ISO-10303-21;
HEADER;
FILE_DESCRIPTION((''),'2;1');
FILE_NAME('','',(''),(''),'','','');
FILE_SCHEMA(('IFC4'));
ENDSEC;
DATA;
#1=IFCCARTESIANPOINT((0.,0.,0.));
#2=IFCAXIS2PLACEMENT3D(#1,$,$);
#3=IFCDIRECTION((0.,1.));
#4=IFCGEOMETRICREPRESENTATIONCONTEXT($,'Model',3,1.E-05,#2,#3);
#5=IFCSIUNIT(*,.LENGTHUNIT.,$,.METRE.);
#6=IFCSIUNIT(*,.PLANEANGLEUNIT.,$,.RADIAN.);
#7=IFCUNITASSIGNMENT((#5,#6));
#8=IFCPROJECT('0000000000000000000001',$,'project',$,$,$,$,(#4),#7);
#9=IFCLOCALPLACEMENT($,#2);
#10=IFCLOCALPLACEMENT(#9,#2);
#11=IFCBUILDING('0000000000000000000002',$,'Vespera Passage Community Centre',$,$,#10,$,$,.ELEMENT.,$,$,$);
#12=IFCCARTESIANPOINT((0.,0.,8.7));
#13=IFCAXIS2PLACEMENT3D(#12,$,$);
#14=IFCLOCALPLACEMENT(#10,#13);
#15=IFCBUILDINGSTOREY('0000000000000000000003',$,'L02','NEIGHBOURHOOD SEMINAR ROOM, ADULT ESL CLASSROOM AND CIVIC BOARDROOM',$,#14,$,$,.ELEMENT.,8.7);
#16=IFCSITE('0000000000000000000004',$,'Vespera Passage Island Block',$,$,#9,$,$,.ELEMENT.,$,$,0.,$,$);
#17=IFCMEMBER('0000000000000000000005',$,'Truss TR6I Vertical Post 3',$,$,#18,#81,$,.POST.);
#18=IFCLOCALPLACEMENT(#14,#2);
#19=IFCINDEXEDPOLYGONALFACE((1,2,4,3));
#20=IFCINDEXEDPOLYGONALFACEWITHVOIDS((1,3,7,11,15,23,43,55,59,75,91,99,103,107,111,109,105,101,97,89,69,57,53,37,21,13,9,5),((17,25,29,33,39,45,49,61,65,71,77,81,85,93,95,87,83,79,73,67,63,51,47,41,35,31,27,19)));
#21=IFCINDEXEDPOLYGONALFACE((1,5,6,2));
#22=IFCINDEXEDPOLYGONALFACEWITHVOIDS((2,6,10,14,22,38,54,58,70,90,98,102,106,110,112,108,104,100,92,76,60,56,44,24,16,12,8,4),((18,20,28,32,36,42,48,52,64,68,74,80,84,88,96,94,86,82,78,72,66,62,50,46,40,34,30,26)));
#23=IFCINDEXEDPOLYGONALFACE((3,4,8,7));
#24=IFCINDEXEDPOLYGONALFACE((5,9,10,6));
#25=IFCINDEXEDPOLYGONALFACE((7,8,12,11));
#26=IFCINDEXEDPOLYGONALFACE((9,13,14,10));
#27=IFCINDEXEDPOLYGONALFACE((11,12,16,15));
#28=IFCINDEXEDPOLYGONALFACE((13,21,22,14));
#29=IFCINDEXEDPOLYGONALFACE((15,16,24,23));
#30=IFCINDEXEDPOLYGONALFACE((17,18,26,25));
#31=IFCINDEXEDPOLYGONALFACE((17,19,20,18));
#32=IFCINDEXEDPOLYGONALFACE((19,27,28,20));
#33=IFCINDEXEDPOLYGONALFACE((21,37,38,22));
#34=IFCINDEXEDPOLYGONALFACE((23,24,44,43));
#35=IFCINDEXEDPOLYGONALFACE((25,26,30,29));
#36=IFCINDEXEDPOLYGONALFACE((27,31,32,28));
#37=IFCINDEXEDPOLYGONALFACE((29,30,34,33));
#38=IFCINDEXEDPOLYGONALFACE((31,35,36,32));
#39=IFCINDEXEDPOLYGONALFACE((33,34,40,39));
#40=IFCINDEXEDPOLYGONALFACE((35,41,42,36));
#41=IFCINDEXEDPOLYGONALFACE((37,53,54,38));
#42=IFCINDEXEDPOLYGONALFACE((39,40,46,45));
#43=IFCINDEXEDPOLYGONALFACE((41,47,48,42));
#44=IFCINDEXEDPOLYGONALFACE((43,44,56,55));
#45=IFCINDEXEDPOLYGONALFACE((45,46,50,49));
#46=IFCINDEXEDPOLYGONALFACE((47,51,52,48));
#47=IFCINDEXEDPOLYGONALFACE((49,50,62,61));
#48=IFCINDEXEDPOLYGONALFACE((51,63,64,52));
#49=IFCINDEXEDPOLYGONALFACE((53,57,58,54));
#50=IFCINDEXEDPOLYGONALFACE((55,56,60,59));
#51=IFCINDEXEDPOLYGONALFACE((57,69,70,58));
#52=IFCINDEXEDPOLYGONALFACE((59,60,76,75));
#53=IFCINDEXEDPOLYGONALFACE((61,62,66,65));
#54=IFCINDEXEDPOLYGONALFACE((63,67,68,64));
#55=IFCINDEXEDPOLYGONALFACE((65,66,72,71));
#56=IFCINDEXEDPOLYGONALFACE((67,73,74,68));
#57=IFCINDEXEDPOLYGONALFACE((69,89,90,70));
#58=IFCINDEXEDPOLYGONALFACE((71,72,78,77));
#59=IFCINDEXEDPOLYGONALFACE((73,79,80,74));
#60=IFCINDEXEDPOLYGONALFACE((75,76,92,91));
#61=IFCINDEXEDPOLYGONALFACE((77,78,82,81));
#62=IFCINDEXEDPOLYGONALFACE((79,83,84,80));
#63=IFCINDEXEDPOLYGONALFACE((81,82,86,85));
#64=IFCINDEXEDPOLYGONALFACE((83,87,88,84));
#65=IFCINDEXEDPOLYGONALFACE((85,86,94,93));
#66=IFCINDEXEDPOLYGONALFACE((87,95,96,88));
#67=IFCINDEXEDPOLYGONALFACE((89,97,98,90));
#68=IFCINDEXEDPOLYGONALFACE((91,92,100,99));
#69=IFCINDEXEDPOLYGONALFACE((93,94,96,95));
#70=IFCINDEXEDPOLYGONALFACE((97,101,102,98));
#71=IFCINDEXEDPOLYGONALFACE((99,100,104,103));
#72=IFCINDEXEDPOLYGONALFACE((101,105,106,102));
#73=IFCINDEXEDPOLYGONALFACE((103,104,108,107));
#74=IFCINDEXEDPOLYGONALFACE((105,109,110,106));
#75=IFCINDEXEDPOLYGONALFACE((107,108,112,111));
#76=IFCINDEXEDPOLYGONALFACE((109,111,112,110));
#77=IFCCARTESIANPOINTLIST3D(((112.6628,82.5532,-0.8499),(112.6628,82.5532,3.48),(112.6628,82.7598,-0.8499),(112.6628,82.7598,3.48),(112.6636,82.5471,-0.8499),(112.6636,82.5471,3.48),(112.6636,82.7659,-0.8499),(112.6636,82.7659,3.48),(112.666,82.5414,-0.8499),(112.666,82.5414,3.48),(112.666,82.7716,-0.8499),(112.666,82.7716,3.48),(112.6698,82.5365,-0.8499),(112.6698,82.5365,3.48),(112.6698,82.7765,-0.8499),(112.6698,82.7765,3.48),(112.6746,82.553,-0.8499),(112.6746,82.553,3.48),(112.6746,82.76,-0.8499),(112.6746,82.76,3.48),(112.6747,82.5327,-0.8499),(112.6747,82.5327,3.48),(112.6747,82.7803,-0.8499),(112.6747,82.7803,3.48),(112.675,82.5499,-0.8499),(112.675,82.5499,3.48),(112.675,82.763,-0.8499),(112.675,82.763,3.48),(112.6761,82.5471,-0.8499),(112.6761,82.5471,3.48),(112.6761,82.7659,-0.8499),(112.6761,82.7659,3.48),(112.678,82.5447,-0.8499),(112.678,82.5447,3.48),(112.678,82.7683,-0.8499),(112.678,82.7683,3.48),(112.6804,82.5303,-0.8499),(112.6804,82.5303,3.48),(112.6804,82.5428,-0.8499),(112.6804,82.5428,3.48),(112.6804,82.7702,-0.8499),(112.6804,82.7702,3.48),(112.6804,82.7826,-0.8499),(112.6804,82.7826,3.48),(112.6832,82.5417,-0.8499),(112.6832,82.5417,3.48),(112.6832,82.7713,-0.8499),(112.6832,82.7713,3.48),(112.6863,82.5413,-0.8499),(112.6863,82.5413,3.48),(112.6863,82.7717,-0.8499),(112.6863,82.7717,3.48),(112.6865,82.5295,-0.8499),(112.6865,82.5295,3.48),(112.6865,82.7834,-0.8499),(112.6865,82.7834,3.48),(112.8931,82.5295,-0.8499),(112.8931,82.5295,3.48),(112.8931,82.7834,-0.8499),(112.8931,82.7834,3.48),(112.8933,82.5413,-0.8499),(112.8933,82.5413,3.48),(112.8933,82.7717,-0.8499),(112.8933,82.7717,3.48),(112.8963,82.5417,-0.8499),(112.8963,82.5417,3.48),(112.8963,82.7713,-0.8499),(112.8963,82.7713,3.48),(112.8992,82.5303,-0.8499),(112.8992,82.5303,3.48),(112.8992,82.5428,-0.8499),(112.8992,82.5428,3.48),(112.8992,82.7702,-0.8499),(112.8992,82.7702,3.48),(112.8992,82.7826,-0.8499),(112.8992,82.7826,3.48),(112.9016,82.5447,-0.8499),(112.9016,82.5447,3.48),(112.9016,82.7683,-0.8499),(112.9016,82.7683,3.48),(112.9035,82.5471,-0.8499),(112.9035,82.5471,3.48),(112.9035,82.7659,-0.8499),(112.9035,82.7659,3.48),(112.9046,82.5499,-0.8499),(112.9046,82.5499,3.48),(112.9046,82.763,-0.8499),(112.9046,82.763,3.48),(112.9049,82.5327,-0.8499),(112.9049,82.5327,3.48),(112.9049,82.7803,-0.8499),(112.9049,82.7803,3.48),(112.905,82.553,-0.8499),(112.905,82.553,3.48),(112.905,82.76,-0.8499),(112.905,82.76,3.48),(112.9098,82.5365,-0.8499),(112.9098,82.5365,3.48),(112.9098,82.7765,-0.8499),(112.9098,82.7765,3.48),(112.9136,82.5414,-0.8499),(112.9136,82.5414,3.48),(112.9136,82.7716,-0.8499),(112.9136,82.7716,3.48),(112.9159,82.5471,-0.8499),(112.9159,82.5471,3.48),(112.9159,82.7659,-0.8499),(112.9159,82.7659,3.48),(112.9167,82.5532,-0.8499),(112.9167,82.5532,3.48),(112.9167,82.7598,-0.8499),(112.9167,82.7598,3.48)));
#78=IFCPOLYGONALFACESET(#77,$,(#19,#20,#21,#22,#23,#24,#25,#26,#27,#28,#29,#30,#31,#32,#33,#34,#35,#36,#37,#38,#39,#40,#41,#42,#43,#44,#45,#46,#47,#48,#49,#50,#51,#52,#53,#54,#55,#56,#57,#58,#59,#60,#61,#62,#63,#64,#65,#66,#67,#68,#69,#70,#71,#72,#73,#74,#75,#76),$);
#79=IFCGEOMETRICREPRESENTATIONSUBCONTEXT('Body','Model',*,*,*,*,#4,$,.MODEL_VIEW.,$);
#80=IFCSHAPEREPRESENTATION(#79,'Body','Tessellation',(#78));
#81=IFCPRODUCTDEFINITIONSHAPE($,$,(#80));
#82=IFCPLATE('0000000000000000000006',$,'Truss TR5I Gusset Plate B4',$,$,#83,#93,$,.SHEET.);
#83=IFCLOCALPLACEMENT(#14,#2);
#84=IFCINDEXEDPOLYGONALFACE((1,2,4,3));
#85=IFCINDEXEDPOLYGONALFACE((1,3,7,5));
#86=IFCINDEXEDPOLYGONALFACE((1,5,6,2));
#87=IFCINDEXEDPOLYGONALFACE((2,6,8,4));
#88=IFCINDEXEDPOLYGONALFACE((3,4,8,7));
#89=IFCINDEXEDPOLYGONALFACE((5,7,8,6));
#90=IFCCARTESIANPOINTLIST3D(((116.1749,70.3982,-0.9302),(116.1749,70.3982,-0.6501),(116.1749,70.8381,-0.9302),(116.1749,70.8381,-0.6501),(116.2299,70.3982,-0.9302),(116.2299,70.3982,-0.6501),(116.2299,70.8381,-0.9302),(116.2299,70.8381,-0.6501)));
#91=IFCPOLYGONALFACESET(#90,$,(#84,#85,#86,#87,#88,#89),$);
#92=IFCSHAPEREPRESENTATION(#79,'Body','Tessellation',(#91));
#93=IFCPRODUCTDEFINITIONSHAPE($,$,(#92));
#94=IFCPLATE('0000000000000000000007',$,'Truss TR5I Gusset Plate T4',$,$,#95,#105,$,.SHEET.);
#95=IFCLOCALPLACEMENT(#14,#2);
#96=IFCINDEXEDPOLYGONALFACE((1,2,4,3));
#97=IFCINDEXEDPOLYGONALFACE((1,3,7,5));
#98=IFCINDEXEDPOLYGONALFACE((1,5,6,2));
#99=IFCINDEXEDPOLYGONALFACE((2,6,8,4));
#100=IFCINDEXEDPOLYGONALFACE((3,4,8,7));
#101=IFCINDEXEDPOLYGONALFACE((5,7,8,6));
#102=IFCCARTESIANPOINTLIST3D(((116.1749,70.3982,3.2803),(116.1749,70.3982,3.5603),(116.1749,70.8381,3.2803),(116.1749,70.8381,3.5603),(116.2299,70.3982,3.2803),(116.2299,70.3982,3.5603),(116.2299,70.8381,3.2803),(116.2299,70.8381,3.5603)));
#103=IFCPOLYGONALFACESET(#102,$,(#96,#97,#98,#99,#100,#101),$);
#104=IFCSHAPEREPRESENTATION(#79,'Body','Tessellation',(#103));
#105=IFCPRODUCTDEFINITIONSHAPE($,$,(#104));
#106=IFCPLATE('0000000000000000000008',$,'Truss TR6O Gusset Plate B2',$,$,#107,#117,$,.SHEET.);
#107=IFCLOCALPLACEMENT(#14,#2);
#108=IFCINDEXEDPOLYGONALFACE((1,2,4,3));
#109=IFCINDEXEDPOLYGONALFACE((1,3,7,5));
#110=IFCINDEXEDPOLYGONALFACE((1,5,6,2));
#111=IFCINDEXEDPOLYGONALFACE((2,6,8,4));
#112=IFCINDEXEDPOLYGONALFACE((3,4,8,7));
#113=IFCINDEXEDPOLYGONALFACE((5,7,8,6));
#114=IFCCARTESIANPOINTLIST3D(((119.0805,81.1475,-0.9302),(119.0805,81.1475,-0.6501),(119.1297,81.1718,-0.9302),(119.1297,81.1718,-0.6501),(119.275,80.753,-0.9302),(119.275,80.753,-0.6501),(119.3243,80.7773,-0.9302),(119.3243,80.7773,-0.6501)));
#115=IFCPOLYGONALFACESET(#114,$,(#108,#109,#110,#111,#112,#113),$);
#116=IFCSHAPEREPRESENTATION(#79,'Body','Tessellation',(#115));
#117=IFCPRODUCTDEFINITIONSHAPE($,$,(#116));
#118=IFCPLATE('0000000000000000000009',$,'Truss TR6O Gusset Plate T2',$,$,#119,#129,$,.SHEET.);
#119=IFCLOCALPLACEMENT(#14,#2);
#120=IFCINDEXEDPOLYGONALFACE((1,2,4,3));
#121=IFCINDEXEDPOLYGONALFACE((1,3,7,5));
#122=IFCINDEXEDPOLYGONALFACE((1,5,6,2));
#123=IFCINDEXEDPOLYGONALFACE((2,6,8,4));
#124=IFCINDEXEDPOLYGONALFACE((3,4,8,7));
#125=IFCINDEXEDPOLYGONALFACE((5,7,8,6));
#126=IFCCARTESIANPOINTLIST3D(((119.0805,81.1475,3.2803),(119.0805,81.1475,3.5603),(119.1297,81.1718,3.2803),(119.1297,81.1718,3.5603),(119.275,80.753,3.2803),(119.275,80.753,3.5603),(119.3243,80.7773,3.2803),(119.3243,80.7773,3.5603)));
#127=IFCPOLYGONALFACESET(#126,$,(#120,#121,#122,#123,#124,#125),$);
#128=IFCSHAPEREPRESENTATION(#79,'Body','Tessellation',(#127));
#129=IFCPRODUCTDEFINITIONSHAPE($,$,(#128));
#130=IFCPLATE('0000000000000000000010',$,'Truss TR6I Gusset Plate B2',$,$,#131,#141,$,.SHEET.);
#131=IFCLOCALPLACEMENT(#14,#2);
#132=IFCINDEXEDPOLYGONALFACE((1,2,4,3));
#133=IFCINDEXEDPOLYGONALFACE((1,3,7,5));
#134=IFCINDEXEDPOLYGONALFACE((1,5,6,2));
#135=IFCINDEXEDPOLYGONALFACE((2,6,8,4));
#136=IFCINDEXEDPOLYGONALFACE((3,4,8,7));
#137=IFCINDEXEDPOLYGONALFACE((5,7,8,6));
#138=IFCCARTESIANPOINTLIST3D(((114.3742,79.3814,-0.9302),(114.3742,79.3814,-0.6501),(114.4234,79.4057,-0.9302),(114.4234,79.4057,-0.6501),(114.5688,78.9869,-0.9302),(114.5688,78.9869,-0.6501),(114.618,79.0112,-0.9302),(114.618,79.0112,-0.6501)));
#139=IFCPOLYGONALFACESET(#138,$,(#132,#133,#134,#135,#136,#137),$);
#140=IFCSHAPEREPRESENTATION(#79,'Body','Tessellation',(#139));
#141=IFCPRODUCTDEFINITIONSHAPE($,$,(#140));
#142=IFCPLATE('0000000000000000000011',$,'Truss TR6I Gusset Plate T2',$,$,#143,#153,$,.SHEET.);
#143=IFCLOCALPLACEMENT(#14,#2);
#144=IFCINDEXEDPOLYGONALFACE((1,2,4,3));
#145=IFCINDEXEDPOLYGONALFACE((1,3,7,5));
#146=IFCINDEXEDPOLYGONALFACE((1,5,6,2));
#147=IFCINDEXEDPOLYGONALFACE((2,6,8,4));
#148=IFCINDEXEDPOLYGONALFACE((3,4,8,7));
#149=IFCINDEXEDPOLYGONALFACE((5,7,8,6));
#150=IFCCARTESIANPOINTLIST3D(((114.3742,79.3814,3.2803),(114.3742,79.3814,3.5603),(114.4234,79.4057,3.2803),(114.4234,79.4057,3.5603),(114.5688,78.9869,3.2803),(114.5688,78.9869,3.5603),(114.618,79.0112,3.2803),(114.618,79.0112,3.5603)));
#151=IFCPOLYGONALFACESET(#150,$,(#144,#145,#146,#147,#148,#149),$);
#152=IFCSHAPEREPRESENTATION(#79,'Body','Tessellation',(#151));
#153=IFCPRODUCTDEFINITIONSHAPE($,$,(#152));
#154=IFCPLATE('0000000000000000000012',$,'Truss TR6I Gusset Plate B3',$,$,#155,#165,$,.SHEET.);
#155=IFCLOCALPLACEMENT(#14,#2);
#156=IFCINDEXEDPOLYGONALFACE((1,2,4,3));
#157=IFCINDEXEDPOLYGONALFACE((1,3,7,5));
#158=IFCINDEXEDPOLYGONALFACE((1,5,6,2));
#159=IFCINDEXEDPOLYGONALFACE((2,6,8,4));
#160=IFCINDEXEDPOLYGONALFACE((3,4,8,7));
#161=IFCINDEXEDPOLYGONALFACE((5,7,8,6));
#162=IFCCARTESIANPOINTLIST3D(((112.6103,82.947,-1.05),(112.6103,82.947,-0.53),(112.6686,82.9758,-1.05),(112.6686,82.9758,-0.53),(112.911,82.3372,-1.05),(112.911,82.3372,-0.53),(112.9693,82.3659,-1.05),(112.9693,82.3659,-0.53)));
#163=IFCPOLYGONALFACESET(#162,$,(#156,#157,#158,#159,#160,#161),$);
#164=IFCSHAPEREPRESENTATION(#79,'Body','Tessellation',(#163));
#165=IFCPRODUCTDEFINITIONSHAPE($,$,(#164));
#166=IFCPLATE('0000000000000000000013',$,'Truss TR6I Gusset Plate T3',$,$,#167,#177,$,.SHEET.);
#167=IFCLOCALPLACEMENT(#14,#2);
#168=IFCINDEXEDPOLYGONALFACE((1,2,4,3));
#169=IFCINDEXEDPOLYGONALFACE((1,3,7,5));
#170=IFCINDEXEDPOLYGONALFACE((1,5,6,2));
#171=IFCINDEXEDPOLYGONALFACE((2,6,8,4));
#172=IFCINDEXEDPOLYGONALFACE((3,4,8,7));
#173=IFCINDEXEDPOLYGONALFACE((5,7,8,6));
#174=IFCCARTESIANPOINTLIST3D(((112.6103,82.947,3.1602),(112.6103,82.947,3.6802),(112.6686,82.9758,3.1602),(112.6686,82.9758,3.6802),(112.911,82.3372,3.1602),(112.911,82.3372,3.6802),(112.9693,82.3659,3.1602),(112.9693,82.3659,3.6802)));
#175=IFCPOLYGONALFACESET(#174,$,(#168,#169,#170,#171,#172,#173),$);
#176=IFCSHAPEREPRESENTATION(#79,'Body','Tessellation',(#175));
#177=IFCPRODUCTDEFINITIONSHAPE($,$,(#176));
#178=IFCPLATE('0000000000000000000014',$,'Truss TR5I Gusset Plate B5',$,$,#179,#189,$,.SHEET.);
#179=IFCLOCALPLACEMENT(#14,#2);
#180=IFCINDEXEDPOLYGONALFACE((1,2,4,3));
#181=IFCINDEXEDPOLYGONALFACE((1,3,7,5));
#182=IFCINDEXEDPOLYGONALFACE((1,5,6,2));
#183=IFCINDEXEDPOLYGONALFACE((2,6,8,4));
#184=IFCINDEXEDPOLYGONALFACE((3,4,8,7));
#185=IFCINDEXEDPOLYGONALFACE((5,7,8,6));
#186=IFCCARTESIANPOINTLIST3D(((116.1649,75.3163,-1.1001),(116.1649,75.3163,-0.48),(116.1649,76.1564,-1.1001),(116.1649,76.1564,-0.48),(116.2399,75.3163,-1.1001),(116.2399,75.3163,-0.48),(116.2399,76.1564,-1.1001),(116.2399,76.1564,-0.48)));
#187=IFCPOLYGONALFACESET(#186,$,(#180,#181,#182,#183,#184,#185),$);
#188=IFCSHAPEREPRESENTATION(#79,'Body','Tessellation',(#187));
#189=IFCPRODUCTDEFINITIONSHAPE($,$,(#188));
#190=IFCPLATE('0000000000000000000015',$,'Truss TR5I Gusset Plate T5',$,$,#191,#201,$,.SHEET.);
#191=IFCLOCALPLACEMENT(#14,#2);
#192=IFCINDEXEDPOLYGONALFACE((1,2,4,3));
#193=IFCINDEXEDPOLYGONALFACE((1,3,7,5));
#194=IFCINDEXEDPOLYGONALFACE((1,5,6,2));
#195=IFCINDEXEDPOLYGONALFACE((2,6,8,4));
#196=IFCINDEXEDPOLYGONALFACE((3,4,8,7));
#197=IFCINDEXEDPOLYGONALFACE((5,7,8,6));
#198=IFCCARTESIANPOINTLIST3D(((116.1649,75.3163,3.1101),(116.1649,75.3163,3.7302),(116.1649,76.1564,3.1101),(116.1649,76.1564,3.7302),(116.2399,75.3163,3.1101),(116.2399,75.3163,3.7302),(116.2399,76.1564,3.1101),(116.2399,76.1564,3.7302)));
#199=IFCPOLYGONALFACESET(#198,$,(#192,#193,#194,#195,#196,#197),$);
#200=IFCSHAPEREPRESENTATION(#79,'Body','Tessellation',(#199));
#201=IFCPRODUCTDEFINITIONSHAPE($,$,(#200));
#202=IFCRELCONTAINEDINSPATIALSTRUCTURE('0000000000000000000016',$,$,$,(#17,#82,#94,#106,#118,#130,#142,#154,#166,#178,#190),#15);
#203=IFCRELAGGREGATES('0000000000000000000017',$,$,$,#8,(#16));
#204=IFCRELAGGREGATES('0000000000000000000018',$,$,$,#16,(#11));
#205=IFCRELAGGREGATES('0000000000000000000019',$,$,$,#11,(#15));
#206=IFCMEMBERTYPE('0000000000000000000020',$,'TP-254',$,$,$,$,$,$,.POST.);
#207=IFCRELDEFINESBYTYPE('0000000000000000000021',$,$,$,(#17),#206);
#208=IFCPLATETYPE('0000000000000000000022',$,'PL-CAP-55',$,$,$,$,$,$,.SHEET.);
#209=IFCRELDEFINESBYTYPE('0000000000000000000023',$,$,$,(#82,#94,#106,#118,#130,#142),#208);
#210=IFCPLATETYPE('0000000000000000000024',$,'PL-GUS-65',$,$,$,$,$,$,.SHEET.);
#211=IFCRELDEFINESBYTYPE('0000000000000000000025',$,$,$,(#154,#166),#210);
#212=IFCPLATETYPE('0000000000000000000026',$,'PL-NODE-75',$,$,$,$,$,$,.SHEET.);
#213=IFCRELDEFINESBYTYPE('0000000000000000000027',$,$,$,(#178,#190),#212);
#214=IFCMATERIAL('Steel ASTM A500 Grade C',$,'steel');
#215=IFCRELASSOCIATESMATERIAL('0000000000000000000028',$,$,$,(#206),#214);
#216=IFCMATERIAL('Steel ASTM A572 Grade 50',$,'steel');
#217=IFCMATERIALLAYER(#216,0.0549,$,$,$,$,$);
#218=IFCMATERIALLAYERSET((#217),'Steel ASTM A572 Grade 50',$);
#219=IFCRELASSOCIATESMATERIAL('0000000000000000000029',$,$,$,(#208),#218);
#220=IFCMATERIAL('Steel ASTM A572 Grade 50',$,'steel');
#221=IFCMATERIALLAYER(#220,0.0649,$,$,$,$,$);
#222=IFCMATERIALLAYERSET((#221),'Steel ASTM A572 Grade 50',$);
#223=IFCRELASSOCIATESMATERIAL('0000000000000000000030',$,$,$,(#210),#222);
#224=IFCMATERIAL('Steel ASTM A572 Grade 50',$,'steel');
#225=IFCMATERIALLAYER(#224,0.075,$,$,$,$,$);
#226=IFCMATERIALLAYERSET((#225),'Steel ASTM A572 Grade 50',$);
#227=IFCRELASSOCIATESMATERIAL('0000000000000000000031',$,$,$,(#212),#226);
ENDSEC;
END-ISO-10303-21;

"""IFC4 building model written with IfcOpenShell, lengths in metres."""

from ifc_helpers import new_model, si_unit, direction, frame, origin, origin_2d, place, context, subcontext, project, spatial, rectangle, hollow_rectangle, extrude, material, layer, layer_set, material_profile, profile_set, type_object, element, save


model = new_model("IFC4")

# Units and contexts
model_context = context("Model", 3, precision=1e-05, world=origin(), true_north=direction((0.0, 1.0)))
body_context = subcontext(model_context, "Body", "Model", "MODEL_VIEW")
ifc_project = project(units=[si_unit("LENGTHUNIT", "METRE"), si_unit("PLANEANGLEUNIT", "RADIAN")], contexts=[model_context])

# Site, building, storey
site_placement = place(None, origin())
site = spatial("IfcSite", under=ifc_project, at=site_placement, Name="Vespera Passage Island Block", CompositionType="ELEMENT", RefElevation=0.0)
building_placement = place(site_placement, origin())
building = spatial("IfcBuilding", under=site, at=building_placement, Name="Vespera Passage Community Centre", CompositionType="ELEMENT")
storey_placement = place(building_placement, frame((0.0, 0.0, 8.7)))
storey = spatial("IfcBuildingStorey", under=building, at=storey_placement, Name="L02", Description="NEIGHBOURHOOD SEMINAR ROOM, ADULT ESL CLASSROOM AND CIVIC BOARDROOM", CompositionType="ELEMENT", Elevation=8.7)

# Member
ifc_material_1 = material(Name="Steel ASTM A500 Grade C", Category="steel")
ifc_material_profile_1 = material_profile(ifc_material_1, hollow_rectangle(XDim=0.2539, YDim=0.2539, WallThickness=0.0117, InnerFilletRadius=0.0117, OuterFilletRadius=0.0237, at=origin_2d()), Name="HSS254X254X12.7")
ifc_profile_set_1 = profile_set([ifc_material_profile_1], Name="Steel ASTM A500 Grade C")
member_type_1 = type_object("IfcMemberType", Name="TP-254", PredefinedType="POST", material=ifc_profile_set_1)
for number, where, z_axis, x_axis, name in (
    (1, (112.7898, 82.6565, -0.8499), (0.0, 0.0, 1.0), (1.0, 0.0, 0.0), "Truss TR6I Vertical Post 3"),
):
    element("IfcMember", number, at=place(storey_placement, frame(where, z_axis=z_axis, x_axis=x_axis)), inside=storey, type_object=member_type_1, Name=name, PredefinedType="POST", context=body_context, shape_type="SweptSolid", body=[
        extrude(hollow_rectangle(XDim=0.2539, YDim=0.2539, WallThickness=0.0117, InnerFilletRadius=0.0117, OuterFilletRadius=0.0237, at=origin_2d()), origin(), (0.0, 0.0, 1.0), 4.3298),
    ])

# Plates
ifc_material_2 = material(Name="Steel ASTM A572 Grade 50", Category="steel")
ifc_layer_1 = layer(ifc_material_2, 0.0549)
ifc_layer_set_1 = layer_set([ifc_layer_1], Name="Steel ASTM A572 Grade 50")
plate_type_1 = type_object("IfcPlateType", Name="PL-CAP-55", PredefinedType="SHEET", material=ifc_layer_set_1)
for number, where, z_axis, x_axis, name in (
    (2, (116.2024, 70.6182, -0.9302), (0.0, 0.0, 1.0), (0.0, 1.0, 0.0), "Truss TR5I Gusset Plate B4"),
    (3, (116.2024, 70.6182, 3.2803), (0.0, 0.0, 1.0), (0.0, 1.0, 0.0), "Truss TR5I Gusset Plate T4"),
    (4, (119.2024, 80.9624, -0.9302), (0.0, 0.0, 1.0), (-0.442289, 0.896873, 0.0), "Truss TR6O Gusset Plate B2"),
    (5, (119.2024, 80.9624, 3.2803), (0.0, 0.0, 1.0), (-0.442289, 0.896873, 0.0), "Truss TR6O Gusset Plate T2"),
    (6, (114.4961, 79.1963, -0.9302), (0.0, 0.0, 1.0), (-0.442289, 0.896873, 0.0), "Truss TR6I Gusset Plate B2"),
    (7, (114.4961, 79.1963, 3.2803), (0.0, 0.0, 1.0), (-0.442289, 0.896873, 0.0), "Truss TR6I Gusset Plate T2"),
):
    element("IfcPlate", number, at=place(storey_placement, frame(where, z_axis=z_axis, x_axis=x_axis)), inside=storey, type_object=plate_type_1, Name=name, PredefinedType="SHEET", context=body_context, shape_type="SweptSolid", body=[
        extrude(rectangle(XDim=0.4399, YDim=0.0549, at=origin_2d()), origin(), (0.0, 0.0, 1.0), 0.28),
    ])
ifc_material_3 = material(Name="Steel ASTM A572 Grade 50", Category="steel")
ifc_layer_2 = layer(ifc_material_3, 0.0649)
ifc_layer_set_2 = layer_set([ifc_layer_2], Name="Steel ASTM A572 Grade 50")
plate_type_2 = type_object("IfcPlateType", Name="PL-GUS-65", PredefinedType="SHEET", material=ifc_layer_set_2)
for number, where, z_axis, x_axis, name in (
    (8, (112.7898, 82.6565, -1.05), (0.0, 0.0, 1.0), (-0.442289, 0.896873, 0.0), "Truss TR6I Gusset Plate B3"),
    (9, (112.7898, 82.6565, 3.1602), (0.0, 0.0, 1.0), (-0.442289, 0.896873, 0.0), "Truss TR6I Gusset Plate T3"),
):
    element("IfcPlate", number, at=place(storey_placement, frame(where, z_axis=z_axis, x_axis=x_axis)), inside=storey, type_object=plate_type_2, Name=name, PredefinedType="SHEET", context=body_context, shape_type="SweptSolid", body=[
        extrude(rectangle(XDim=0.6799, YDim=0.0649, at=origin_2d()), origin(), (0.0, 0.0, 1.0), 0.52),
    ])
ifc_material_4 = material(Name="Steel ASTM A572 Grade 50", Category="steel")
ifc_layer_3 = layer(ifc_material_4, 0.075)
ifc_layer_set_3 = layer_set([ifc_layer_3], Name="Steel ASTM A572 Grade 50")
plate_type_3 = type_object("IfcPlateType", Name="PL-NODE-75", PredefinedType="SHEET", material=ifc_layer_set_3)
for number, where, z_axis, x_axis, name in (
    (10, (116.2024, 75.7363, -1.1001), (0.0, 0.0, 1.0), (0.0, 1.0, 0.0), "Truss TR5I Gusset Plate B5"),
    (11, (116.2024, 75.7363, 3.1101), (0.0, 0.0, 1.0), (0.0, 1.0, 0.0), "Truss TR5I Gusset Plate T5"),
):
    element("IfcPlate", number, at=place(storey_placement, frame(where, z_axis=z_axis, x_axis=x_axis)), inside=storey, type_object=plate_type_3, Name=name, PredefinedType="SHEET", context=body_context, shape_type="SweptSolid", body=[
        extrude(rectangle(XDim=0.8401, YDim=0.075, at=origin_2d()), origin(), (0.0, 0.0, 1.0), 0.6201),
    ])

save(model, "model.ifc")
